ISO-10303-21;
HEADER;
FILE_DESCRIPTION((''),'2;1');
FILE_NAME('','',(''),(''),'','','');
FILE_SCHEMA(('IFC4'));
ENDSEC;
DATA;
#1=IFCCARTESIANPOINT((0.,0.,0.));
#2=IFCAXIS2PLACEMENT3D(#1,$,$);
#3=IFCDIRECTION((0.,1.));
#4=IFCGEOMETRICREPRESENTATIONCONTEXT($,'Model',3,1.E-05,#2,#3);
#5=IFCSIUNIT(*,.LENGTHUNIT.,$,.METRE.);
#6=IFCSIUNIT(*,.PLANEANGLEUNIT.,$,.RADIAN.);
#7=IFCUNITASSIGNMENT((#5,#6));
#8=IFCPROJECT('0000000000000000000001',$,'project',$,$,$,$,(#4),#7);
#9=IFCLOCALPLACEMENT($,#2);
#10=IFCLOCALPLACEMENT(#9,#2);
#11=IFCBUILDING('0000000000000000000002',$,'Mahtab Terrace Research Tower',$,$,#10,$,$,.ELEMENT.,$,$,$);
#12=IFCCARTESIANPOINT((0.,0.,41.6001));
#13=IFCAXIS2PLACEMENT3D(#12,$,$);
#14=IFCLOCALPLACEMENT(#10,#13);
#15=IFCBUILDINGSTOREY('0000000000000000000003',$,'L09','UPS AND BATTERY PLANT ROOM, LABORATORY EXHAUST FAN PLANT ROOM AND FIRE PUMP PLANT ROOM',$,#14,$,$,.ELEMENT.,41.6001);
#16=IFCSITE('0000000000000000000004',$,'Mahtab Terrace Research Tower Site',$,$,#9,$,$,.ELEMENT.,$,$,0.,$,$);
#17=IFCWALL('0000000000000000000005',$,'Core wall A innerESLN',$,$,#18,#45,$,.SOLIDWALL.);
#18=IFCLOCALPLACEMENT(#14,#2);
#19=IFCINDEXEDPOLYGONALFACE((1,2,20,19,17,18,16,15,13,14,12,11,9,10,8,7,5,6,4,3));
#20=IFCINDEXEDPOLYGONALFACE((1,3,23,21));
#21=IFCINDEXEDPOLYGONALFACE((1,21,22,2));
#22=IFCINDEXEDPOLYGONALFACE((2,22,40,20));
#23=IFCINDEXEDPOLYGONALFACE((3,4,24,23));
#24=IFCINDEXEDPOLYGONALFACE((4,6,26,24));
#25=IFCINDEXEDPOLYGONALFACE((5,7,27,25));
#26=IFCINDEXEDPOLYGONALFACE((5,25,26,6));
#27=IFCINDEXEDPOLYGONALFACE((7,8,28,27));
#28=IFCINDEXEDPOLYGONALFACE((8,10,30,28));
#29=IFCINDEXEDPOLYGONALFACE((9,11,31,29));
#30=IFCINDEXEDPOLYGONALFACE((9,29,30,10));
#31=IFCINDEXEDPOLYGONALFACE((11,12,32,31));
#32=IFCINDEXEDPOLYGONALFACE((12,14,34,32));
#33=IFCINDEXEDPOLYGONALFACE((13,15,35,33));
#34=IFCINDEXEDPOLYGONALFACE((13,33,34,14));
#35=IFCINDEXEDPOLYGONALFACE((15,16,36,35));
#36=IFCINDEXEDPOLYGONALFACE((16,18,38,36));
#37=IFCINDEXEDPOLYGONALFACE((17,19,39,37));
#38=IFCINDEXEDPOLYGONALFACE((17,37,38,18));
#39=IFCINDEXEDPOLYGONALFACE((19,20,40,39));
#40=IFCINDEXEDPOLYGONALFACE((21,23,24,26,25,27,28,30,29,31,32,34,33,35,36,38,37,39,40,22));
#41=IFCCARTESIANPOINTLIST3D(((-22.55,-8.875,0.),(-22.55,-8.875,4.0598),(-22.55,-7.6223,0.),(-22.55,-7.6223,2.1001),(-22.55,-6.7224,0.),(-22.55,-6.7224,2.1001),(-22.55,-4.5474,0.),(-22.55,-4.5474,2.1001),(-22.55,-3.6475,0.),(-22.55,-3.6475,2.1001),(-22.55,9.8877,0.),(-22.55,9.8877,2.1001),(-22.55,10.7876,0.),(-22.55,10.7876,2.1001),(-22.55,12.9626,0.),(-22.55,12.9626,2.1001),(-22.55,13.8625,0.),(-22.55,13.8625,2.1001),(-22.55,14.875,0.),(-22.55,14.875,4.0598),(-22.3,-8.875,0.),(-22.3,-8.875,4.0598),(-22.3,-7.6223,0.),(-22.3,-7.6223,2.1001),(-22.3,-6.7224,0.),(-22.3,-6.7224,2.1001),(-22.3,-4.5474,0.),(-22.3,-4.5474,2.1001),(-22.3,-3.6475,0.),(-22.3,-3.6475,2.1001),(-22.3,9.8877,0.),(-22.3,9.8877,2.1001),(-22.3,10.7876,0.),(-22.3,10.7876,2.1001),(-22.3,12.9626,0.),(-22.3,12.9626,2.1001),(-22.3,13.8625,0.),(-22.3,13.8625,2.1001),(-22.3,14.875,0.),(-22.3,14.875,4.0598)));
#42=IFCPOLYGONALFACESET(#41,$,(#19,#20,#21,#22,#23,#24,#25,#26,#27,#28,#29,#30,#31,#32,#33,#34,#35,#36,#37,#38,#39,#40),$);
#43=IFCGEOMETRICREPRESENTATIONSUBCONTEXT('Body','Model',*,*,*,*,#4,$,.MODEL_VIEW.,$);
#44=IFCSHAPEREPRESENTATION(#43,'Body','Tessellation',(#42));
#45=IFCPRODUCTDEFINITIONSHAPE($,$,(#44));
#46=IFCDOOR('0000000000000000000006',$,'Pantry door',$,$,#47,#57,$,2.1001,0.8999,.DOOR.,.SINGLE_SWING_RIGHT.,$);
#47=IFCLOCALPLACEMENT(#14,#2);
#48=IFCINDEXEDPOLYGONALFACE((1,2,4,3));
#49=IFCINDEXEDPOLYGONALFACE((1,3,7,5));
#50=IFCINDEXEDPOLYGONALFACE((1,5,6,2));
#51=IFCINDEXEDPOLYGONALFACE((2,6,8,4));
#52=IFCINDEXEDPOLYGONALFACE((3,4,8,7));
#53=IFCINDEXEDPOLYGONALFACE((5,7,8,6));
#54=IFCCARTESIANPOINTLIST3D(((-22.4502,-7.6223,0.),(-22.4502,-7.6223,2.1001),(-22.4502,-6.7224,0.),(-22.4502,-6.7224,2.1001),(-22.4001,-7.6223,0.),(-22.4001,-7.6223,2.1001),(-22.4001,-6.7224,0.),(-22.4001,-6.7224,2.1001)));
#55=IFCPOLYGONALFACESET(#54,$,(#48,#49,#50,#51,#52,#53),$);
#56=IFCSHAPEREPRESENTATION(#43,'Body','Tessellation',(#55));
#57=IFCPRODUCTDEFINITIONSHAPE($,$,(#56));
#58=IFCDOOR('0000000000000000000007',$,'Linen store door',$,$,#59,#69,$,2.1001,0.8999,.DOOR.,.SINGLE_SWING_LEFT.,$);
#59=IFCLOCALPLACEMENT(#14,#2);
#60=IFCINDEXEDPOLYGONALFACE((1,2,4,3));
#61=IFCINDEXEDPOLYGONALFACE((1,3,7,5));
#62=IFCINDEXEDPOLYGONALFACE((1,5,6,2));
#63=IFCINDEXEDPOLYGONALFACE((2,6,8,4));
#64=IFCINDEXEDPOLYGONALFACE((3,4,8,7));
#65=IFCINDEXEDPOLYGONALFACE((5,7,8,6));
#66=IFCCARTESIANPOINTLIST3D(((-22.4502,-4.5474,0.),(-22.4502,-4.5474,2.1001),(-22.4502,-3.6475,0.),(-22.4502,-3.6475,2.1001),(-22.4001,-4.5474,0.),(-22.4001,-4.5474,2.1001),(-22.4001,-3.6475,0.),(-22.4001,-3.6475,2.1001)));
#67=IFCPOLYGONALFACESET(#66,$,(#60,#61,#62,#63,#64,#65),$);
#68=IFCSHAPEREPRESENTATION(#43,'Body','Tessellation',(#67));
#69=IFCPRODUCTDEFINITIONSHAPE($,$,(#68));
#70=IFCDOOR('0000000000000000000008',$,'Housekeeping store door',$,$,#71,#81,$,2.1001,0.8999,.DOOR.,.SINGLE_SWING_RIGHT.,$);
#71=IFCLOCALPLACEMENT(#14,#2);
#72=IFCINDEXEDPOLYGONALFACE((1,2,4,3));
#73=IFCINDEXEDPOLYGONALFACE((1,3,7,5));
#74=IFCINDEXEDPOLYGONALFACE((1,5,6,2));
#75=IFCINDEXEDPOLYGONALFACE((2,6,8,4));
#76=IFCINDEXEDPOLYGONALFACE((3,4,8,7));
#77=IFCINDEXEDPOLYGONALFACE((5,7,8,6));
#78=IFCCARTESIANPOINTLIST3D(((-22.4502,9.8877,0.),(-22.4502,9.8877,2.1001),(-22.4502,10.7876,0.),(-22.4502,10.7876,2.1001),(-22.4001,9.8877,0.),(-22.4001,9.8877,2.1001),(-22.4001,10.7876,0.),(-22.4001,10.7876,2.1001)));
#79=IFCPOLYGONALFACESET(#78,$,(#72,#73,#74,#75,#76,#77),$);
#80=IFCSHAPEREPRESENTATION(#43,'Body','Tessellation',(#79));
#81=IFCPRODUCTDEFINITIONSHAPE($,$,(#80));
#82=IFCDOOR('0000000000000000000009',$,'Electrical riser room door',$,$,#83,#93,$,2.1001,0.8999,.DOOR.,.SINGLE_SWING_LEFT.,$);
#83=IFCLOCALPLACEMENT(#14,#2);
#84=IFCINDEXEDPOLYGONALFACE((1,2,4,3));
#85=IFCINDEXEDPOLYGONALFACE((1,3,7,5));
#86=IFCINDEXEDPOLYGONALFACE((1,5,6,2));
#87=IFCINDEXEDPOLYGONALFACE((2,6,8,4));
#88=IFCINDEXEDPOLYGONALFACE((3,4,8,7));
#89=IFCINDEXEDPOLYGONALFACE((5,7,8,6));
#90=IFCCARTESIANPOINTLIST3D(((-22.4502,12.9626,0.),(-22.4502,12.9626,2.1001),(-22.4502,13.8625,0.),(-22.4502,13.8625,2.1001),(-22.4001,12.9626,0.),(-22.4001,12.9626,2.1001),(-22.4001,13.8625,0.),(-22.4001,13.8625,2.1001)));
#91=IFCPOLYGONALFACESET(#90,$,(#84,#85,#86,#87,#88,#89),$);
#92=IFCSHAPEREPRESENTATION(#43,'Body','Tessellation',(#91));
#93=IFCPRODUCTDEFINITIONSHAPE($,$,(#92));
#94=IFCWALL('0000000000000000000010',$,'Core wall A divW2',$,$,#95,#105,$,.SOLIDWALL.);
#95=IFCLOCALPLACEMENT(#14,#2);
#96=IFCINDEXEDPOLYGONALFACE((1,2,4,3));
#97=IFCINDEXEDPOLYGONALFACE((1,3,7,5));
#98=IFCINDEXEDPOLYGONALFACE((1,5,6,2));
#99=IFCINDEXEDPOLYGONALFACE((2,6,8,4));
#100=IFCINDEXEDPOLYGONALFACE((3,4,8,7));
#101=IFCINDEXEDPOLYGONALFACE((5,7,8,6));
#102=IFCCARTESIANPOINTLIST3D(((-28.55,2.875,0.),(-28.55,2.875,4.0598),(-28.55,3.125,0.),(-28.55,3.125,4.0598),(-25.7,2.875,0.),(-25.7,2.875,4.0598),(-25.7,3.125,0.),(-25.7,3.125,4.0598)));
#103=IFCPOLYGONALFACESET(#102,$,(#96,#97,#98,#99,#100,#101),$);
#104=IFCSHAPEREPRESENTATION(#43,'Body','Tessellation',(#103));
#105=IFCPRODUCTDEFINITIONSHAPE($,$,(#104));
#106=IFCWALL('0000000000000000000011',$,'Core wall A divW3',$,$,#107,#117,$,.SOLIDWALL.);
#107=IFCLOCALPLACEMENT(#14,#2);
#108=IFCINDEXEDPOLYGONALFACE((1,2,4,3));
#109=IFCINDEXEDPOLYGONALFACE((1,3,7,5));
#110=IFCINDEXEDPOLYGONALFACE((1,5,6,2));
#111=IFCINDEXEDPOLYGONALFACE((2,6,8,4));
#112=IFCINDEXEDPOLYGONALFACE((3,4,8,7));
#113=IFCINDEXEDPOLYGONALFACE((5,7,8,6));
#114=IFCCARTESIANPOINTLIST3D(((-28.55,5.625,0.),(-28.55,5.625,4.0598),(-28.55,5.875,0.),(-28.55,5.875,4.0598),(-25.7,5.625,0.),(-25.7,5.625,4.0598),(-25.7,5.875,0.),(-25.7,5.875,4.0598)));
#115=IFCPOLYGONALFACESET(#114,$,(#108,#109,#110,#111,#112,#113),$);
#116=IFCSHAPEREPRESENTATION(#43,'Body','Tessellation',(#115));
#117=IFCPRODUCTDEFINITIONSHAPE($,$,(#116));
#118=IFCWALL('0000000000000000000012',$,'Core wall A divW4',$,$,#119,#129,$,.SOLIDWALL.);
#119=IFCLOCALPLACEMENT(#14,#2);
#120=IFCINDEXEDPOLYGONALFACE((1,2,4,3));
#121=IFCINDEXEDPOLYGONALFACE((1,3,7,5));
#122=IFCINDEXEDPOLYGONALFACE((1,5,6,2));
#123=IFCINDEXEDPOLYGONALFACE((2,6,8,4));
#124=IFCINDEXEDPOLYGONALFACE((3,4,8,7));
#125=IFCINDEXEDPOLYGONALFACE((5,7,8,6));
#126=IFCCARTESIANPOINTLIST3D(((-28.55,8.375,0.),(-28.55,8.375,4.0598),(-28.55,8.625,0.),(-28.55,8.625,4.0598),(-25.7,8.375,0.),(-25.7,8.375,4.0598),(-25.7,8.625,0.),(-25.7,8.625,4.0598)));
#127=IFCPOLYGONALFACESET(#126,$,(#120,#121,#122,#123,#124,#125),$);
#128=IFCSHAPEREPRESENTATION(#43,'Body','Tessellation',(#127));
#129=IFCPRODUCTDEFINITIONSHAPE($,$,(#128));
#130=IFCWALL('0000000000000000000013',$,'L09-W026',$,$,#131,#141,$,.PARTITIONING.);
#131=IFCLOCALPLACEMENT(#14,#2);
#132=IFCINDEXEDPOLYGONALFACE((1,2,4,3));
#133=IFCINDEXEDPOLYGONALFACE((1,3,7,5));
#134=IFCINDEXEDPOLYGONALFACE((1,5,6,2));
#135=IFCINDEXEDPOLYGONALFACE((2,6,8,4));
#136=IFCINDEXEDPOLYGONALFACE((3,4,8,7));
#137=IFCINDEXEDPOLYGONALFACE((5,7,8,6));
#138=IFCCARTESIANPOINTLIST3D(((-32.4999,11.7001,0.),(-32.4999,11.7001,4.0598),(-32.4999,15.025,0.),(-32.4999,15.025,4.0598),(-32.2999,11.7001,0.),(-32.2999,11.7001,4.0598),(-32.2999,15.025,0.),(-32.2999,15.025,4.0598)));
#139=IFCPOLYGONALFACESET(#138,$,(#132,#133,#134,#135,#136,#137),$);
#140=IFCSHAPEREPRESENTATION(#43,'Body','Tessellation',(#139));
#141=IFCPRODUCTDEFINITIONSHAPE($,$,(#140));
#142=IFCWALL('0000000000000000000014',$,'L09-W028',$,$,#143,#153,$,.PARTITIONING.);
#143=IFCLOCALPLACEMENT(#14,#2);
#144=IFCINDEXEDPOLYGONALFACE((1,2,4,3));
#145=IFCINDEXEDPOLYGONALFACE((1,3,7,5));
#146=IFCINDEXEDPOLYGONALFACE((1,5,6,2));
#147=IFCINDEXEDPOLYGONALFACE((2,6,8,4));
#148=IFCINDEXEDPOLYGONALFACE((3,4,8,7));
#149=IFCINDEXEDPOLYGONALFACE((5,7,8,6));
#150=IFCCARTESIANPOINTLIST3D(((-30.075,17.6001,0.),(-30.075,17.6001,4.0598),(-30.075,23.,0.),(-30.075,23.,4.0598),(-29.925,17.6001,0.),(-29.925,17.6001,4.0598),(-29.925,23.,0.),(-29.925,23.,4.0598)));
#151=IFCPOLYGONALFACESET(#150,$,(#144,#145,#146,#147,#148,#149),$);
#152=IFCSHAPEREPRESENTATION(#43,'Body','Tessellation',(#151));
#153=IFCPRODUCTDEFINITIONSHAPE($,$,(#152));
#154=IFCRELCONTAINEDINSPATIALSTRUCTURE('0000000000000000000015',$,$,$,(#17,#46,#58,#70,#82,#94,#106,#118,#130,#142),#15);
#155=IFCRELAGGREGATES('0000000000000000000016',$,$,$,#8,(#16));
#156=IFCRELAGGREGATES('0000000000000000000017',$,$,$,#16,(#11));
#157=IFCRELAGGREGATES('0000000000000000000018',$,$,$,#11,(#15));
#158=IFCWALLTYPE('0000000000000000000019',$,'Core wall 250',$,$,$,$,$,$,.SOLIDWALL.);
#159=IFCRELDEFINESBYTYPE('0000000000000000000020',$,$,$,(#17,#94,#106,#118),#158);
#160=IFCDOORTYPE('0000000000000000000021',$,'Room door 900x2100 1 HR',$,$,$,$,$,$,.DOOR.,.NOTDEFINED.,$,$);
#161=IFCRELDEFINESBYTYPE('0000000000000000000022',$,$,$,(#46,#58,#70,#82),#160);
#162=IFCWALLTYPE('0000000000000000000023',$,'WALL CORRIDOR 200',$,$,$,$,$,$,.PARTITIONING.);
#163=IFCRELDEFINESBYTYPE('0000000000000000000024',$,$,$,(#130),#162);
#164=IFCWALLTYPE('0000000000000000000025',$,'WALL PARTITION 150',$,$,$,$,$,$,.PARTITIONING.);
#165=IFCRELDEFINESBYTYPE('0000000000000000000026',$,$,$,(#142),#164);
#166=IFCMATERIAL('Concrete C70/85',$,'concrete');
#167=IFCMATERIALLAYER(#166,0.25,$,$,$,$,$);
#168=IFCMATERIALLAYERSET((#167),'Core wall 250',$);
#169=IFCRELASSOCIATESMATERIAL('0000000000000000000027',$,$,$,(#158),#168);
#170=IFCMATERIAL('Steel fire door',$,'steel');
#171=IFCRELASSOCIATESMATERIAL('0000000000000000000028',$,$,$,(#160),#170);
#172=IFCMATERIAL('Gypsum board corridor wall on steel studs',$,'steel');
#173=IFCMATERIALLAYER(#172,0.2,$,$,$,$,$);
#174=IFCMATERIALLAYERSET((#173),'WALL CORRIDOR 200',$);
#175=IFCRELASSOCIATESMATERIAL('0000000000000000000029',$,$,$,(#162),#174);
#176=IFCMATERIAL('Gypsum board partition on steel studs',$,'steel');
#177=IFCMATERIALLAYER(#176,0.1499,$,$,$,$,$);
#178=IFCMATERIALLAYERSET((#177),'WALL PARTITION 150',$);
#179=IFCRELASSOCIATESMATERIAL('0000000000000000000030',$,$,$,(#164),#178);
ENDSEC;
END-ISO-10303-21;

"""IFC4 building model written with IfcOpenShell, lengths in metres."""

from ifc_helpers import new_model, si_unit, direction, frame, frame_2d, origin, place, context, subcontext, project, spatial, rectangle, extrude, material, layer, layer_set, type_object, element, fill, save


model = new_model("IFC4")

# Units and contexts
model_context = context("Model", 3, precision=1e-05, world=origin(), true_north=direction((0.0, 1.0)))
body_context = subcontext(model_context, "Body", "Model", "MODEL_VIEW")
ifc_project = project(units=[si_unit("LENGTHUNIT", "METRE"), si_unit("PLANEANGLEUNIT", "RADIAN")], contexts=[model_context])

# Site, building, storey
site_placement = place(None, origin())
site = spatial("IfcSite", under=ifc_project, at=site_placement, Name="Mahtab Terrace Research Tower Site", CompositionType="ELEMENT", RefElevation=0.0)
building_placement = place(site_placement, origin())
building = spatial("IfcBuilding", under=site, at=building_placement, Name="Mahtab Terrace Research Tower", CompositionType="ELEMENT")
storey_placement = place(building_placement, frame((0.0, 0.0, 41.6001)))
storey = spatial("IfcBuildingStorey", under=building, at=storey_placement, Name="L09", Description="UPS AND BATTERY PLANT ROOM, LABORATORY EXHAUST FAN PLANT ROOM AND FIRE PUMP PLANT ROOM", CompositionType="ELEMENT", Elevation=41.6001)

# Shared definitions
ifc_material_1 = material(Name="Concrete C70/85", Category="concrete")

# Shared definitions
ifc_layer_1 = layer(ifc_material_1, 0.25)
ifc_layer_set_1 = layer_set([ifc_layer_1], Name="Core wall 250")
wall_type_1 = type_object("IfcWallType", Name="Core wall 250", PredefinedType="SOLIDWALL", material=ifc_layer_set_1)

# Shared definitions
ifc_material_2 = material(Name="Steel fire door", Category="steel")

# Wall, openings, doors
wall_1_placement = place(storey_placement, frame((-22.425, 14.875, 0.0), z_axis=(0.0, 0.0, 1.0), x_axis=(0.0, -1.0, 0.0)))
wall_1 = element("IfcWall", 1, at=wall_1_placement, inside=storey, type_object=wall_type_1, Name="Core wall A innerESLN", PredefinedType="SOLIDWALL", context=body_context, shape_type="SweptSolid", body=[
    extrude(rectangle(XDim=23.75, YDim=0.25, at=frame_2d((11.875, 0.0))), origin(), (0.0, 0.0, 1.0), 4.0598),
])
opening_1_placement = place(wall_1_placement, frame((21.5974, 0.0, 0.0)))
opening_1 = element("IfcOpeningElement", 2, at=opening_1_placement, cuts=wall_1, PredefinedType="OPENING", context=body_context, shape_type="SweptSolid", body=[
    extrude(rectangle(XDim=0.8999, YDim=2.1001, at=frame_2d((0.45, 1.05))), frame((0.0, 0.135, 0.0), z_axis=(0.0, -1.0, 0.0), x_axis=(1.0, 0.0, 0.0)), (0.0, 0.0, 1.0), 0.27),
])
opening_2_placement = place(wall_1_placement, frame((18.5225, 0.0, 0.0)))
opening_2 = element("IfcOpeningElement", 3, at=opening_2_placement, cuts=wall_1, PredefinedType="OPENING", context=body_context, shape_type="SweptSolid", body=[
    extrude(rectangle(XDim=0.8999, YDim=2.1001, at=frame_2d((0.45, 1.05))), frame((0.0, 0.135, 0.0), z_axis=(0.0, -1.0, 0.0), x_axis=(1.0, 0.0, 0.0)), (0.0, 0.0, 1.0), 0.27),
])
opening_3_placement = place(wall_1_placement, frame((4.0874, 0.0, 0.0)))
opening_3 = element("IfcOpeningElement", 4, at=opening_3_placement, cuts=wall_1, PredefinedType="OPENING", context=body_context, shape_type="SweptSolid", body=[
    extrude(rectangle(XDim=0.8999, YDim=2.1001, at=frame_2d((0.45, 1.05))), frame((0.0, 0.135, 0.0), z_axis=(0.0, -1.0, 0.0), x_axis=(1.0, 0.0, 0.0)), (0.0, 0.0, 1.0), 0.27),
])
opening_4_placement = place(wall_1_placement, frame((1.0125, 0.0, 0.0)))
opening_4 = element("IfcOpeningElement", 5, at=opening_4_placement, cuts=wall_1, PredefinedType="OPENING", context=body_context, shape_type="SweptSolid", body=[
    extrude(rectangle(XDim=0.8999, YDim=2.1001, at=frame_2d((0.45, 1.05))), frame((0.0, 0.135, 0.0), z_axis=(0.0, -1.0, 0.0), x_axis=(1.0, 0.0, 0.0)), (0.0, 0.0, 1.0), 0.27),
])
door_type_1 = type_object("IfcDoorType", Name="Room door 900x2100 1 HR", OperationType="NOTDEFINED", PredefinedType="DOOR", material=ifc_material_2)
door_1_placement = place(opening_1_placement, origin())
door_1 = element("IfcDoor", 6, at=door_1_placement, inside=storey, type_object=door_type_1, Name="Pantry door", OperationType="SINGLE_SWING_RIGHT", OverallHeight=2.1001, OverallWidth=0.8999, PredefinedType="DOOR", context=body_context, shape_type="SweptSolid", body=[
    extrude(rectangle(XDim=0.8999, YDim=2.1001, at=frame_2d((0.45, 1.05))), frame((0.0, 0.0249, 0.0), z_axis=(0.0, -1.0, 0.0), x_axis=(1.0, 0.0, 0.0)), (0.0, 0.0, 1.0), 0.05),
])
fill(opening_1, door_1)
door_2_placement = place(opening_2_placement, origin())
door_2 = element("IfcDoor", 7, at=door_2_placement, inside=storey, type_object=door_type_1, Name="Linen store door", OperationType="SINGLE_SWING_LEFT", OverallHeight=2.1001, OverallWidth=0.8999, PredefinedType="DOOR", context=body_context, shape_type="SweptSolid", body=[
    extrude(rectangle(XDim=0.8999, YDim=2.1001, at=frame_2d((0.45, 1.05))), frame((0.0, 0.0249, 0.0), z_axis=(0.0, -1.0, 0.0), x_axis=(1.0, 0.0, 0.0)), (0.0, 0.0, 1.0), 0.05),
])
fill(opening_2, door_2)
door_3_placement = place(opening_3_placement, origin())
door_3 = element("IfcDoor", 8, at=door_3_placement, inside=storey, type_object=door_type_1, Name="Housekeeping store door", OperationType="SINGLE_SWING_RIGHT", OverallHeight=2.1001, OverallWidth=0.8999, PredefinedType="DOOR", context=body_context, shape_type="SweptSolid", body=[
    extrude(rectangle(XDim=0.8999, YDim=2.1001, at=frame_2d((0.45, 1.05))), frame((0.0, 0.0249, 0.0), z_axis=(0.0, -1.0, 0.0), x_axis=(1.0, 0.0, 0.0)), (0.0, 0.0, 1.0), 0.05),
])
fill(opening_3, door_3)
door_4_placement = place(opening_4_placement, origin())
door_4 = element("IfcDoor", 9, at=door_4_placement, inside=storey, type_object=door_type_1, Name="Electrical riser room door", OperationType="SINGLE_SWING_LEFT", OverallHeight=2.1001, OverallWidth=0.8999, PredefinedType="DOOR", context=body_context, shape_type="SweptSolid", body=[
    extrude(rectangle(XDim=0.8999, YDim=2.1001, at=frame_2d((0.45, 1.05))), frame((0.0, 0.0249, 0.0), z_axis=(0.0, -1.0, 0.0), x_axis=(1.0, 0.0, 0.0)), (0.0, 0.0, 1.0), 0.05),
])
fill(opening_4, door_4)

# Walls
for number, where, z_axis, x_axis, name in (
    (10, (-28.55, 3.0, 0.0), (0.0, 0.0, 1.0), (1.0, 0.0, 0.0), "Core wall A divW2"),
    (11, (-28.55, 5.75, 0.0), (0.0, 0.0, 1.0), (1.0, 0.0, 0.0), "Core wall A divW3"),
    (12, (-28.55, 8.5, 0.0), (0.0, 0.0, 1.0), (1.0, 0.0, 0.0), "Core wall A divW4"),
):
    element("IfcWall", number, at=place(storey_placement, frame(where, z_axis=z_axis, x_axis=x_axis)), inside=storey, type_object=wall_type_1, Name=name, PredefinedType="SOLIDWALL", context=body_context, shape_type="SweptSolid", body=[
        extrude(rectangle(XDim=2.8501, YDim=0.25, at=frame_2d((1.425, 0.0))), origin(), (0.0, 0.0, 1.0), 4.0598),
    ])
ifc_material_3 = material(Name="Gypsum board corridor wall on steel studs", Category="steel")
ifc_layer_2 = layer(ifc_material_3, 0.2)
ifc_layer_set_2 = layer_set([ifc_layer_2], Name="WALL CORRIDOR 200")
wall_type_2 = type_object("IfcWallType", Name="WALL CORRIDOR 200", PredefinedType="PARTITIONING", material=ifc_layer_set_2)
wall_2_placement = place(storey_placement, frame((-32.3999, 11.7, 0.0), z_axis=(0.0, 0.0, 1.0), x_axis=(0.0, 1.0, 0.0)))
element("IfcWall", 13, at=wall_2_placement, inside=storey, type_object=wall_type_2, Name="L09-W026", PredefinedType="PARTITIONING", context=body_context, shape_type="SweptSolid", body=[
    extrude(rectangle(XDim=3.325, YDim=0.2, at=frame_2d((1.6626, 0.0))), origin(), (0.0, 0.0, 1.0), 4.0598),
])
ifc_material_4 = material(Name="Gypsum board partition on steel studs", Category="steel")
ifc_layer_3 = layer(ifc_material_4, 0.1499)
ifc_layer_set_3 = layer_set([ifc_layer_3], Name="WALL PARTITION 150")
wall_type_3 = type_object("IfcWallType", Name="WALL PARTITION 150", PredefinedType="PARTITIONING", material=ifc_layer_set_3)
wall_3_placement = place(storey_placement, frame((-30.0, 17.6001, 0.0), z_axis=(0.0, 0.0, 1.0), x_axis=(0.0, 1.0, 0.0)))
element("IfcWall", 14, at=wall_3_placement, inside=storey, type_object=wall_type_3, Name="L09-W028", PredefinedType="PARTITIONING", context=body_context, shape_type="SweptSolid", body=[
    extrude(rectangle(XDim=5.3999, YDim=0.1499, at=frame_2d((2.7, 0.0))), origin(), (0.0, 0.0, 1.0), 4.0598),
])

save(model, "model.ifc")
